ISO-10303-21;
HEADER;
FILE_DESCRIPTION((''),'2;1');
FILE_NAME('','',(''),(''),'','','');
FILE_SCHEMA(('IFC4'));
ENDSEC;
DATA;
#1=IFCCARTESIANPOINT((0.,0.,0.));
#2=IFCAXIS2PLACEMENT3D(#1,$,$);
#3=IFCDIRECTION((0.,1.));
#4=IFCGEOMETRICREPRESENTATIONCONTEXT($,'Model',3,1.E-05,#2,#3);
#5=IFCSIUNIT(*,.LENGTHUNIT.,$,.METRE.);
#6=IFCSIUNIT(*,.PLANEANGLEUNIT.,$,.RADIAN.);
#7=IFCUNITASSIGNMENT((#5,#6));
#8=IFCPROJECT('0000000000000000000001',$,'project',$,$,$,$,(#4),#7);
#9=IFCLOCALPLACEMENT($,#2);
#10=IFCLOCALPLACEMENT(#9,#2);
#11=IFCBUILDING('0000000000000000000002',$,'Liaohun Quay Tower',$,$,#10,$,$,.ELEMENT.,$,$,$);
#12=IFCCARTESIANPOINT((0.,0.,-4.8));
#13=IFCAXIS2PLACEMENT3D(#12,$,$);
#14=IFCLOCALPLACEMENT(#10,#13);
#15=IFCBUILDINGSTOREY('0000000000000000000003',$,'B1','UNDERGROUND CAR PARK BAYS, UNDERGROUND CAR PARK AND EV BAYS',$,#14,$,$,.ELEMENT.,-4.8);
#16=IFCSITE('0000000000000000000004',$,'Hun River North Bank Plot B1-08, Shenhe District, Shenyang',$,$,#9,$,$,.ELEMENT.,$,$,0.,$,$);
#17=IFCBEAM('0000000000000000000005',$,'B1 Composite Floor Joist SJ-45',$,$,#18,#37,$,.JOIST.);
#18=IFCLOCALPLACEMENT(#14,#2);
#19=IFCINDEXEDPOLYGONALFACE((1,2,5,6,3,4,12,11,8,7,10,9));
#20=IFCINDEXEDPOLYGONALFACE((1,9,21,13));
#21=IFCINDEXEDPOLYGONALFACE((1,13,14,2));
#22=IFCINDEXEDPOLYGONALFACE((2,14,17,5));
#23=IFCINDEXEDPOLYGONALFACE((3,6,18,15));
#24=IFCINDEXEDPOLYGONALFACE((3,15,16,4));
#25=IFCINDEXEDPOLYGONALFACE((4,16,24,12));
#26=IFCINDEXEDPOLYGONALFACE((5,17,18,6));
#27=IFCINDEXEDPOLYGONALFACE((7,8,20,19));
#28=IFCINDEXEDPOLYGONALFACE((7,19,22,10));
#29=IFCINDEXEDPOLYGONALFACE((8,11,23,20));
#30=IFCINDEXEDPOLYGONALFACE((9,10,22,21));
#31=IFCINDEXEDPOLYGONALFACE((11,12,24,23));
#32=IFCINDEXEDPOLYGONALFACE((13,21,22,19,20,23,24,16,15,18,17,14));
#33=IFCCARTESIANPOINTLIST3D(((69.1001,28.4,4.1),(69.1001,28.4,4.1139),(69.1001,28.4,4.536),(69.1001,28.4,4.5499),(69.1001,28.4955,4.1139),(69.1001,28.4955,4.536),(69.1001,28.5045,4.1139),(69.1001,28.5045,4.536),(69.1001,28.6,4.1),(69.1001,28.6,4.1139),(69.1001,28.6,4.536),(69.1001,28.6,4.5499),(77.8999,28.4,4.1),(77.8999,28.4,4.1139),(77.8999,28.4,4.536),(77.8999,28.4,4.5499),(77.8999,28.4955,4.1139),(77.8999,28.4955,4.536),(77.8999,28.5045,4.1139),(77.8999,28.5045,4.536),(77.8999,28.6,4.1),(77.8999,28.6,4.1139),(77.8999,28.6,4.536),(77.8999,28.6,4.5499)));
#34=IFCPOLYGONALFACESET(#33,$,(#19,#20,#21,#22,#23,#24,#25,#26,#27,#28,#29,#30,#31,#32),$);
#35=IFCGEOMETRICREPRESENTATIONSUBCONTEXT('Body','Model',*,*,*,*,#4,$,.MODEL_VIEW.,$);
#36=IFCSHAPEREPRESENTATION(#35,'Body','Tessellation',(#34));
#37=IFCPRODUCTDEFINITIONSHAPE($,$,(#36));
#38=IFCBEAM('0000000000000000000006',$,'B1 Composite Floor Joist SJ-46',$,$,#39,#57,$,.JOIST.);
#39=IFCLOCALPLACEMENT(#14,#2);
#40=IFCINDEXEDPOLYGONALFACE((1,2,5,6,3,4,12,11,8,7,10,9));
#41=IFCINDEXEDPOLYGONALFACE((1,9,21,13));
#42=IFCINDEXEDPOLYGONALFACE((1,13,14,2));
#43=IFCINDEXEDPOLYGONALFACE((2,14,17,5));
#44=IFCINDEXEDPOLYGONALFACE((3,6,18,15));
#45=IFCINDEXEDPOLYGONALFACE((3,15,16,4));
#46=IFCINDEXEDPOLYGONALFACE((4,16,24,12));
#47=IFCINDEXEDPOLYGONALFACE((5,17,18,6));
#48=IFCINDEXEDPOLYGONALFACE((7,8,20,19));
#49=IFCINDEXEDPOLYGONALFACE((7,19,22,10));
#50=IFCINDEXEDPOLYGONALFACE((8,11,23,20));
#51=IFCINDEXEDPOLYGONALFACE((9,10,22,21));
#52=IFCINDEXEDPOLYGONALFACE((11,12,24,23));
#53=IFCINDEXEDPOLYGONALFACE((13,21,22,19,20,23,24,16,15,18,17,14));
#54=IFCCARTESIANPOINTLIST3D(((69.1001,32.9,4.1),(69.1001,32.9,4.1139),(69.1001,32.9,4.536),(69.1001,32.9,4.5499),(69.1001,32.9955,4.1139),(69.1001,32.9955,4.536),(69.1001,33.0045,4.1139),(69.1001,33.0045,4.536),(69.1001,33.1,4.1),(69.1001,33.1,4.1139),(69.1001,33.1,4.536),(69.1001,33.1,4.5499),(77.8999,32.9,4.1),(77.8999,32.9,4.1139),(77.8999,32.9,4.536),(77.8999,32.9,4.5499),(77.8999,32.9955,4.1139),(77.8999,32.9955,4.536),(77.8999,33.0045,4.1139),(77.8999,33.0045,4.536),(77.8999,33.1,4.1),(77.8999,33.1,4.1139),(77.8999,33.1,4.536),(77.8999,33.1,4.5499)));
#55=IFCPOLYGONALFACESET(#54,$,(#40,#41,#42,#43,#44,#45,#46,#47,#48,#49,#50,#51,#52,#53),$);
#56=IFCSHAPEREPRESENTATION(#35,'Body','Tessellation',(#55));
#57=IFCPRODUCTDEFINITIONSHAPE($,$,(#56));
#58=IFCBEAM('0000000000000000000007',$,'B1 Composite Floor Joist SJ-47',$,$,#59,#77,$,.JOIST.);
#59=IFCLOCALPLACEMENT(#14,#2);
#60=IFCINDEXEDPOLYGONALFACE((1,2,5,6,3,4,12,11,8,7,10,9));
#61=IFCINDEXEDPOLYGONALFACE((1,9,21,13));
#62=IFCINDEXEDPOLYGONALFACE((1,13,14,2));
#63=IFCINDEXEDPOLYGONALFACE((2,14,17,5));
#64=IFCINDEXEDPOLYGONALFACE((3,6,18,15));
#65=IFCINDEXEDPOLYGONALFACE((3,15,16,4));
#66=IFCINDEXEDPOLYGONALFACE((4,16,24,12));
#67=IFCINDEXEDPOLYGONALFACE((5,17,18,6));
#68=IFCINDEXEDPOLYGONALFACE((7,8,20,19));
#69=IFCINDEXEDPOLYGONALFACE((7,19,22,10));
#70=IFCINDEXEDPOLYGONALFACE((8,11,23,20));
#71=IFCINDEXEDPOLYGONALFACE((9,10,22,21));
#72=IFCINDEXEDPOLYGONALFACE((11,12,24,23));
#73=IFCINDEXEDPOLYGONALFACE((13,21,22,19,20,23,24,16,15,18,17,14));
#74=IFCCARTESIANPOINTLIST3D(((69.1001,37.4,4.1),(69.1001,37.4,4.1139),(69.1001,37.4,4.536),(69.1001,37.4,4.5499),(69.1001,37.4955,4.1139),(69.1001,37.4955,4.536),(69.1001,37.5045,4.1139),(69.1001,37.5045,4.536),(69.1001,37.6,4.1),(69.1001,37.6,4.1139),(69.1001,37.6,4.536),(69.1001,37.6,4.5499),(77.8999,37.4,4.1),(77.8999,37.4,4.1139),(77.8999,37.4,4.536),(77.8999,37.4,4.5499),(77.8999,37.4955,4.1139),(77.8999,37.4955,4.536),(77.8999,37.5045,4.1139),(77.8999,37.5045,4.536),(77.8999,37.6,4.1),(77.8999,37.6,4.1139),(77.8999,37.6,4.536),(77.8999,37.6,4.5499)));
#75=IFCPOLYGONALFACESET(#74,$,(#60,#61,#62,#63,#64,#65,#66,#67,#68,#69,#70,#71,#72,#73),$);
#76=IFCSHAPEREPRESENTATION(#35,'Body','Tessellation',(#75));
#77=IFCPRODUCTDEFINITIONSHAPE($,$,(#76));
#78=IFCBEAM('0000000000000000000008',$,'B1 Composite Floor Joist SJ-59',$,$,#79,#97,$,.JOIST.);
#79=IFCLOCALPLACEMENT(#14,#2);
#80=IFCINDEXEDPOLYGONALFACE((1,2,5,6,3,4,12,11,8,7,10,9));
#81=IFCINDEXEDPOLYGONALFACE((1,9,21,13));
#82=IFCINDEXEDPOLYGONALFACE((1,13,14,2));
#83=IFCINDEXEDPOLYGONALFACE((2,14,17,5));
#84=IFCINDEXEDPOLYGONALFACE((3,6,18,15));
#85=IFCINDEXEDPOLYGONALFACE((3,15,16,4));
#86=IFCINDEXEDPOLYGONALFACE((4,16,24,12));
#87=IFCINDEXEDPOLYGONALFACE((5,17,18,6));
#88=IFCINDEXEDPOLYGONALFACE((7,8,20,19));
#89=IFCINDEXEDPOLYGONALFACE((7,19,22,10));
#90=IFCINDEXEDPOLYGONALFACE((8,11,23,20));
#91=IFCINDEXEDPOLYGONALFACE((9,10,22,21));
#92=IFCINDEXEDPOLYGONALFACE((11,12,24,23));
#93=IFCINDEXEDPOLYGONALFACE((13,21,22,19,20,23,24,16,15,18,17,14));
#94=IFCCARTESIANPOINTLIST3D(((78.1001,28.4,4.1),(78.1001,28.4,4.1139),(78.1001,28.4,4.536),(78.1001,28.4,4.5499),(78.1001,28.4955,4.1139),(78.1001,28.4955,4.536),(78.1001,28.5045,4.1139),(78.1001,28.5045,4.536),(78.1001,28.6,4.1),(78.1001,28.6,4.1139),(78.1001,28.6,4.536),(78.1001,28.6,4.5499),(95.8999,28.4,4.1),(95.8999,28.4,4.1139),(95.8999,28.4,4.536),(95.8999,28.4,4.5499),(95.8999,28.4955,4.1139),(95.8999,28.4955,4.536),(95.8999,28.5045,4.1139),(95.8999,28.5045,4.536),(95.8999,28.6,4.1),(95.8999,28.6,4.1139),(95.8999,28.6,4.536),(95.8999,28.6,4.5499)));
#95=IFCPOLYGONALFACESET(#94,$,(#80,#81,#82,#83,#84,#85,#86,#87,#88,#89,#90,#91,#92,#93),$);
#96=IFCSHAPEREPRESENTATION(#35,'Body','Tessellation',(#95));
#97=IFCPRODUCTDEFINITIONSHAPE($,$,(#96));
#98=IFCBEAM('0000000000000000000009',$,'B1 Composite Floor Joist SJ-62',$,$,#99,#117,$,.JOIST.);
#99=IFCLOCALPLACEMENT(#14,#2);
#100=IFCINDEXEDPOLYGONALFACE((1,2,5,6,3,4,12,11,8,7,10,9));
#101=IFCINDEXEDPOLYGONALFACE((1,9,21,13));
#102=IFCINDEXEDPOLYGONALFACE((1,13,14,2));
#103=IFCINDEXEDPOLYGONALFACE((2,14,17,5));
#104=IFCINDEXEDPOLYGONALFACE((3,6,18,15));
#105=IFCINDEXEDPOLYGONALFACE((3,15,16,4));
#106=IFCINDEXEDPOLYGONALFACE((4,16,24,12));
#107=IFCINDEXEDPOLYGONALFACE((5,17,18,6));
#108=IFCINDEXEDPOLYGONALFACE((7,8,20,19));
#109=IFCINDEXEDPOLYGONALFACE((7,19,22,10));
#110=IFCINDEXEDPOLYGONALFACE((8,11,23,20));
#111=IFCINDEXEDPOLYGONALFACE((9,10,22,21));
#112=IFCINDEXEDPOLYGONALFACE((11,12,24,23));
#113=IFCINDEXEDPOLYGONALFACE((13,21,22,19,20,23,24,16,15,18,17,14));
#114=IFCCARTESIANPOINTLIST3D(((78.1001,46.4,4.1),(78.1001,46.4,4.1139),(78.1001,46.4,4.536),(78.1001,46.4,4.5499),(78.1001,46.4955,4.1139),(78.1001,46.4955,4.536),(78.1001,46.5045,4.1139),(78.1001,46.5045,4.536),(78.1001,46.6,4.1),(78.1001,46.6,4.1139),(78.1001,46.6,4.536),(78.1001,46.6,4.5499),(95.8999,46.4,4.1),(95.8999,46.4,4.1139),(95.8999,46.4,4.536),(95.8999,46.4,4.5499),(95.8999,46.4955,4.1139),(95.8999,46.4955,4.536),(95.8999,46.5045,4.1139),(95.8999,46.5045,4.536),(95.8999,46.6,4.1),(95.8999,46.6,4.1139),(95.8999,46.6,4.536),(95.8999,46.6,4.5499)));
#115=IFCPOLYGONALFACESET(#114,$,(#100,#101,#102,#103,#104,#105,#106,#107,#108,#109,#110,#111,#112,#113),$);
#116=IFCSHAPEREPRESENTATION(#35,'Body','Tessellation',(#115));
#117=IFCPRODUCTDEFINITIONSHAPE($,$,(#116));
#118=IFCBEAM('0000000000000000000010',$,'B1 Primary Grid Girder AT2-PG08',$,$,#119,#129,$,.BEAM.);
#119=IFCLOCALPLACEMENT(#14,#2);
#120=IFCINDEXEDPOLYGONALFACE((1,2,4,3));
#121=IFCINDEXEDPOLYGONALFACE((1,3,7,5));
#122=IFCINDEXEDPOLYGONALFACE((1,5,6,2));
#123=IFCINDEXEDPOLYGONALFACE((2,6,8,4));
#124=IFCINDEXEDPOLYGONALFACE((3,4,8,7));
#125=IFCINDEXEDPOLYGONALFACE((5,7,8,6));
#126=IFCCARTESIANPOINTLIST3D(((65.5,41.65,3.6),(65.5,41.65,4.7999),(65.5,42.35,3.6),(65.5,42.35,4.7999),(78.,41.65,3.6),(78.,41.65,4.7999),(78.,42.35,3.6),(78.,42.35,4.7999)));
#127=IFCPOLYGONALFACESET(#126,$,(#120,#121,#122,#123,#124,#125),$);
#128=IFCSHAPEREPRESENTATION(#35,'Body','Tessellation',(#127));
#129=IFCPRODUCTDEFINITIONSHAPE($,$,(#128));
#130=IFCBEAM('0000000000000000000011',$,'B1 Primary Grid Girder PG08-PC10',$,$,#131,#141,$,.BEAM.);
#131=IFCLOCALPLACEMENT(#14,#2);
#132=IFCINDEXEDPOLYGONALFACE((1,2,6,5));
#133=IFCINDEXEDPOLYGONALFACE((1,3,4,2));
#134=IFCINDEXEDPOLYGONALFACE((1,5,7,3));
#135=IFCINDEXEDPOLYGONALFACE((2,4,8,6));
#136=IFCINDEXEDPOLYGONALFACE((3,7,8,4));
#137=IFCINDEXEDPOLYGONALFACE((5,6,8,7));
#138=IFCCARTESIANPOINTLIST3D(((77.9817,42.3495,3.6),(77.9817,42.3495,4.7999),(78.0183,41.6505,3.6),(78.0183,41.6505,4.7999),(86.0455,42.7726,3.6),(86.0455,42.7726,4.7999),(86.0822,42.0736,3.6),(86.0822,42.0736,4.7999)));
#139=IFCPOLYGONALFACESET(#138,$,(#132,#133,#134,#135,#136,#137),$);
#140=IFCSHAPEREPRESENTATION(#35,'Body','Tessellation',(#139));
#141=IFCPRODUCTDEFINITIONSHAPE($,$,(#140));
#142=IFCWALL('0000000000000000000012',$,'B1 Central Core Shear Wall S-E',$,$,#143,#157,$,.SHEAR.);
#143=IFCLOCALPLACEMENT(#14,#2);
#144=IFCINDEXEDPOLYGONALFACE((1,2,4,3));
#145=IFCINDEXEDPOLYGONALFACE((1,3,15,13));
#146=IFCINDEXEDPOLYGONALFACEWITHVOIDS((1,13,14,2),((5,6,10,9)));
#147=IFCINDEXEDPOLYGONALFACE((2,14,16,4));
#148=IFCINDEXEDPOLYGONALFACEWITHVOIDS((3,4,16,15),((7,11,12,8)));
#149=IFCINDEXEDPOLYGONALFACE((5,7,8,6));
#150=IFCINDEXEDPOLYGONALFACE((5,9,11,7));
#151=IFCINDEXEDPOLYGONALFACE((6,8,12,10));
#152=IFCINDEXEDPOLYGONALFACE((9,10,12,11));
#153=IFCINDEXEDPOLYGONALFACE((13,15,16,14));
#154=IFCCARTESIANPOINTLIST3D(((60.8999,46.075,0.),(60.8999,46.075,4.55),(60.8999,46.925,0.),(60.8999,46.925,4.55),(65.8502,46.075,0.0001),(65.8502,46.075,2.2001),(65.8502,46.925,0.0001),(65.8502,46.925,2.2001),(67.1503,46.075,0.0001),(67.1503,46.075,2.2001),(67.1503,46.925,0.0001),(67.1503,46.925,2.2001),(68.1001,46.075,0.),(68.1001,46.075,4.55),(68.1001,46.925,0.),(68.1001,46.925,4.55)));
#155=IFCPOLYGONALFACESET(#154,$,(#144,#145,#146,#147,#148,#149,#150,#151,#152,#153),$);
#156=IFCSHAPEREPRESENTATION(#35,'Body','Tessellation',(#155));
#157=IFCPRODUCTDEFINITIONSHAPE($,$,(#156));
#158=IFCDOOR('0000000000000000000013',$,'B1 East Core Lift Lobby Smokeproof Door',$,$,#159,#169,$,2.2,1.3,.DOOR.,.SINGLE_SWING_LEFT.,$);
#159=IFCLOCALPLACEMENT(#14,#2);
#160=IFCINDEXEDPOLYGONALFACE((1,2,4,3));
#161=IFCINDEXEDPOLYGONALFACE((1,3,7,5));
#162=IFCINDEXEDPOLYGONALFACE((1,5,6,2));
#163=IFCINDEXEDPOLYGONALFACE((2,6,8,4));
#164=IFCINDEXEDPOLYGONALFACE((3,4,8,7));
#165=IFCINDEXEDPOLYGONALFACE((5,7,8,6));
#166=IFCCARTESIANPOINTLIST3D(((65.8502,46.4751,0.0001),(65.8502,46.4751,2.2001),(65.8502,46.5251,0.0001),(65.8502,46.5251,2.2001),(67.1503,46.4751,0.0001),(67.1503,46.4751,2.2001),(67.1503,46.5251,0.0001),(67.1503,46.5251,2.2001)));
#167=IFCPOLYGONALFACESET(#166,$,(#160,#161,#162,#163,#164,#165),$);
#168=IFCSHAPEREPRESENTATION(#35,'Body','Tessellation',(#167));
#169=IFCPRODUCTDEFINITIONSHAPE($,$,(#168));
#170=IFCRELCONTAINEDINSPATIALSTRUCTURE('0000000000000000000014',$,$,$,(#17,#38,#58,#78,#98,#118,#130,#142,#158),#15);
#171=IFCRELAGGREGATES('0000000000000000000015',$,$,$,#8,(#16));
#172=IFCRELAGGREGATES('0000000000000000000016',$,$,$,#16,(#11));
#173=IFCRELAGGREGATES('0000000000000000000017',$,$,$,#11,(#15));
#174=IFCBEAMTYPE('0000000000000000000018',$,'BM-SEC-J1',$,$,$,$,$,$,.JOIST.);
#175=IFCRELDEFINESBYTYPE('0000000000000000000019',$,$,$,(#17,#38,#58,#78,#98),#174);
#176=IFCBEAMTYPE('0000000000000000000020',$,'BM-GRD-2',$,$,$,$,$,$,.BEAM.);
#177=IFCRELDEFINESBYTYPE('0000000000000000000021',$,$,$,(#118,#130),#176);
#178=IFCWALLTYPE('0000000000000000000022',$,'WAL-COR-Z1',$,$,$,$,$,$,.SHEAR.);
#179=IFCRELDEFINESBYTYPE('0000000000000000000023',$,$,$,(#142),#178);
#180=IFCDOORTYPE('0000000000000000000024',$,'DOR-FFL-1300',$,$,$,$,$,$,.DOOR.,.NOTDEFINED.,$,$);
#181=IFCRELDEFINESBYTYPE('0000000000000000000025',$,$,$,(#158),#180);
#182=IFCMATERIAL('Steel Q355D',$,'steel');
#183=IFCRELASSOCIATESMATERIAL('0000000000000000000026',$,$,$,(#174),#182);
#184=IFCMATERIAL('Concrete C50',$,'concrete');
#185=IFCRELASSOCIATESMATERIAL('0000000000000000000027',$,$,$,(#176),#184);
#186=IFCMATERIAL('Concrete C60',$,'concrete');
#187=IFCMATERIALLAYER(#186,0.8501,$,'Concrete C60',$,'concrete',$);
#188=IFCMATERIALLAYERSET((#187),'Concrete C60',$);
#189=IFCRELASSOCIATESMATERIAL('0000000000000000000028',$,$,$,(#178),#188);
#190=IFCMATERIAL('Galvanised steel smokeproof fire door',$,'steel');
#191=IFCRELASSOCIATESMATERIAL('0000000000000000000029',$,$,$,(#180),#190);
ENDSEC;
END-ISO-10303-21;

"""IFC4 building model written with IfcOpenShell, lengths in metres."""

from ifc_helpers import new_model, si_unit, direction, frame, frame_2d, origin, origin_2d, place, context, subcontext, project, spatial, rectangle, i_section, extrude, source, transform, mapped, material, layer, layer_set, material_profile, profile_set, type_object, element, fill, save


model = new_model("IFC4")

# Units and contexts
model_context = context("Model", 3, precision=1e-05, world=origin(), true_north=direction((0.0, 1.0)))
body_context = subcontext(model_context, "Body", "Model", "MODEL_VIEW")
ifc_project = project(units=[si_unit("LENGTHUNIT", "METRE"), si_unit("PLANEANGLEUNIT", "RADIAN")], contexts=[model_context])

# Site, building, storey
site_placement = place(None, origin())
site = spatial("IfcSite", under=ifc_project, at=site_placement, Name="Hun River North Bank Plot B1-08, Shenhe District, Shenyang", CompositionType="ELEMENT", RefElevation=0.0)
building_placement = place(site_placement, origin())
building = spatial("IfcBuilding", under=site, at=building_placement, Name="Liaohun Quay Tower", CompositionType="ELEMENT")
storey_placement = place(building_placement, frame((0.0, 0.0, -4.8)))
storey = spatial("IfcBuildingStorey", under=building, at=storey_placement, Name="B1", Description="UNDERGROUND CAR PARK BAYS, UNDERGROUND CAR PARK AND EV BAYS", CompositionType="ELEMENT", Elevation=-4.8)

# Shared definitions
ifc_material_1 = material(Name="Concrete C60", Category="concrete")
ifc_material_2 = material(Name="Steel Q355D", Category="steel")

# Beams
ifc_material_profile_1 = material_profile(ifc_material_2, i_section(OverallWidth=0.2, OverallDepth=0.45, WebThickness=0.009, FlangeThickness=0.0139, at=origin_2d()), Name="HN450x200x9x14")
ifc_profile_set_1 = profile_set([ifc_material_profile_1], Name="Steel Q355D")
beam_type_1 = type_object("IfcBeamType", Name="BM-SEC-J1", PredefinedType="JOIST", material=ifc_profile_set_1)
shared_shape_1 = source(origin(), body_context, "Body", "SweptSolid", [
    extrude(i_section(OverallWidth=0.2, OverallDepth=0.45, WebThickness=0.009, FlangeThickness=0.0139, at=origin_2d()), origin(), (0.0, 0.0, 1.0), 8.7998),
])
for number, where, z_axis, x_axis, name in (
    (1, (69.1001, 28.5, 4.325), (1.0, 0.0, 0.0), (0.0, 1.0, 0.0), "B1 Composite Floor Joist SJ-45"),
    (2, (69.1001, 33.0, 4.325), (1.0, 0.0, 0.0), (0.0, 1.0, 0.0), "B1 Composite Floor Joist SJ-46"),
    (3, (69.1001, 37.5, 4.325), (1.0, 0.0, 0.0), (0.0, 1.0, 0.0), "B1 Composite Floor Joist SJ-47"),
):
    element("IfcBeam", number, at=place(storey_placement, frame(where, z_axis=z_axis, x_axis=x_axis)), inside=storey, type_object=beam_type_1, Name=name, PredefinedType="JOIST", context=body_context, shape_type="MappedRepresentation", body=[
        mapped(shared_shape_1, transform((0.0, 0.0, 0.0), x_axis=(1.0, 0.0, 0.0), y_axis=(0.0, 1.0, 0.0), z_axis=(0.0, 0.0, 1.0), scale=1.0)),
    ])
shared_shape_2 = source(origin(), body_context, "Body", "SweptSolid", [
    extrude(i_section(OverallWidth=0.2, OverallDepth=0.45, WebThickness=0.009, FlangeThickness=0.0139, at=origin_2d()), origin(), (0.0, 0.0, 1.0), 17.7998),
])
for number, where, z_axis, x_axis, name in (
    (4, (78.1001, 28.5, 4.325), (1.0, 0.0, 0.0), (0.0, 1.0, 0.0), "B1 Composite Floor Joist SJ-59"),
    (5, (78.1001, 46.5, 4.325), (1.0, 0.0, 0.0), (0.0, 1.0, 0.0), "B1 Composite Floor Joist SJ-62"),
):
    element("IfcBeam", number, at=place(storey_placement, frame(where, z_axis=z_axis, x_axis=x_axis)), inside=storey, type_object=beam_type_1, Name=name, PredefinedType="JOIST", context=body_context, shape_type="MappedRepresentation", body=[
        mapped(shared_shape_2, transform((0.0, 0.0, 0.0), x_axis=(1.0, 0.0, 0.0), y_axis=(0.0, 1.0, 0.0), z_axis=(0.0, 0.0, 1.0), scale=1.0)),
    ])
ifc_material_3 = material(Name="Concrete C50", Category="concrete")
ifc_material_profile_2 = material_profile(ifc_material_3, rectangle(XDim=0.7, YDim=1.2, at=origin_2d()), Name="RC700x1200")
ifc_profile_set_2 = profile_set([ifc_material_profile_2], Name="Concrete C50")
beam_type_2 = type_object("IfcBeamType", Name="BM-GRD-2", PredefinedType="BEAM", material=ifc_profile_set_2)
shared_shape_3 = source(origin(), body_context, "Body", "SweptSolid", [
    extrude(rectangle(XDim=0.7, YDim=1.2, at=origin_2d()), origin(), (0.0, 0.0, 1.0), 12.5),
])
beam_1_placement = place(storey_placement, frame((65.5, 42.0, 4.2), z_axis=(1.0, 0.0, 0.0), x_axis=(0.0, 1.0, 0.0)))
element("IfcBeam", 6, at=beam_1_placement, inside=storey, type_object=beam_type_2, Name="B1 Primary Grid Girder AT2-PG08", PredefinedType="BEAM", context=body_context, shape_type="MappedRepresentation", body=[
    mapped(shared_shape_3, transform((0.0, 0.0, 0.0), x_axis=(1.0, 0.0, 0.0), y_axis=(0.0, 1.0, 0.0), z_axis=(0.0, 0.0, 1.0), scale=1.0)),
])
shared_shape_4 = source(origin(), body_context, "Body", "SweptSolid", [
    extrude(rectangle(XDim=0.7, YDim=1.2, at=origin_2d()), origin(), (0.0, 0.0, 1.0), 8.075),
])
beam_2_placement = place(storey_placement, frame((78.0, 42.0, 4.2), z_axis=(0.998626, 0.052395, 0.0), x_axis=(-0.052395, 0.998626, 0.0)))
element("IfcBeam", 7, at=beam_2_placement, inside=storey, type_object=beam_type_2, Name="B1 Primary Grid Girder PG08-PC10", PredefinedType="BEAM", context=body_context, shape_type="MappedRepresentation", body=[
    mapped(shared_shape_4, transform((0.0, 0.0, 0.0), x_axis=(1.0, 0.0, 0.0), y_axis=(0.0, 1.0, 0.0), z_axis=(0.0, 0.0, 1.0), scale=1.0)),
])

# Wall, opening, door
ifc_layer_1 = layer(ifc_material_1, 0.8501, Name="Concrete C60", Category="concrete")
ifc_layer_set_1 = layer_set([ifc_layer_1], Name="Concrete C60")
wall_type_1 = type_object("IfcWallType", Name="WAL-COR-Z1", PredefinedType="SHEAR", material=ifc_layer_set_1)
wall_1_placement = place(storey_placement, frame((68.1001, 46.5, 0.0), z_axis=(0.0, 0.0, 1.0), x_axis=(-1.0, 0.0, 0.0)))
wall_1 = element("IfcWall", 8, at=wall_1_placement, inside=storey, type_object=wall_type_1, Name="B1 Central Core Shear Wall S-E", PredefinedType="SHEAR", context=body_context, shape_type="SweptSolid", body=[
    extrude(rectangle(XDim=7.2002, YDim=0.8501, at=frame_2d((3.6001, 0.0))), origin(), (0.0, 0.0, 1.0), 4.55),
])
shared_shape_5 = source(origin(), body_context, "Body", "SweptSolid", [
    extrude(rectangle(XDim=1.3, YDim=2.2, at=frame_2d((0.6499, 1.1001))), frame((0.0, 0.4351, 0.0), z_axis=(0.0, -1.0, 0.0), x_axis=(1.0, 0.0, 0.0)), (0.0, 0.0, 1.0), 0.8701),
])
opening_1_placement = place(wall_1_placement, frame((0.95, 0.0, 0.0)))
opening_1 = element("IfcOpeningElement", 9, at=opening_1_placement, cuts=wall_1, PredefinedType="OPENING", context=body_context, shape_type="MappedRepresentation", body=[
    mapped(shared_shape_5, transform((0.0, 0.0, 0.0), x_axis=(1.0, 0.0, 0.0), y_axis=(0.0, 1.0, 0.0), z_axis=(0.0, 0.0, 1.0), scale=1.0)),
])
ifc_material_4 = material(Name="Galvanised steel smokeproof fire door", Category="steel")
door_type_1 = type_object("IfcDoorType", Name="DOR-FFL-1300", OperationType="NOTDEFINED", PredefinedType="DOOR", material=ifc_material_4)
shared_shape_6 = source(origin(), body_context, "Body", "SweptSolid", [
    extrude(rectangle(XDim=1.3, YDim=2.2, at=frame_2d((0.6499, 1.1001))), frame((0.0, 0.0249, 0.0), z_axis=(0.0, -1.0, 0.0), x_axis=(1.0, 0.0, 0.0)), (0.0, 0.0, 1.0), 0.05),
])
door_1_placement = place(opening_1_placement, origin())
door_1 = element("IfcDoor", 10, at=door_1_placement, inside=storey, type_object=door_type_1, Name="B1 East Core Lift Lobby Smokeproof Door", OperationType="SINGLE_SWING_LEFT", OverallHeight=2.2, OverallWidth=1.3, PredefinedType="DOOR", context=body_context, shape_type="MappedRepresentation", body=[
    mapped(shared_shape_6, transform((0.0, 0.0, 0.0), x_axis=(1.0, 0.0, 0.0), y_axis=(0.0, 1.0, 0.0), z_axis=(0.0, 0.0, 1.0), scale=1.0)),
])
fill(opening_1, door_1)

save(model, "model.ifc")
